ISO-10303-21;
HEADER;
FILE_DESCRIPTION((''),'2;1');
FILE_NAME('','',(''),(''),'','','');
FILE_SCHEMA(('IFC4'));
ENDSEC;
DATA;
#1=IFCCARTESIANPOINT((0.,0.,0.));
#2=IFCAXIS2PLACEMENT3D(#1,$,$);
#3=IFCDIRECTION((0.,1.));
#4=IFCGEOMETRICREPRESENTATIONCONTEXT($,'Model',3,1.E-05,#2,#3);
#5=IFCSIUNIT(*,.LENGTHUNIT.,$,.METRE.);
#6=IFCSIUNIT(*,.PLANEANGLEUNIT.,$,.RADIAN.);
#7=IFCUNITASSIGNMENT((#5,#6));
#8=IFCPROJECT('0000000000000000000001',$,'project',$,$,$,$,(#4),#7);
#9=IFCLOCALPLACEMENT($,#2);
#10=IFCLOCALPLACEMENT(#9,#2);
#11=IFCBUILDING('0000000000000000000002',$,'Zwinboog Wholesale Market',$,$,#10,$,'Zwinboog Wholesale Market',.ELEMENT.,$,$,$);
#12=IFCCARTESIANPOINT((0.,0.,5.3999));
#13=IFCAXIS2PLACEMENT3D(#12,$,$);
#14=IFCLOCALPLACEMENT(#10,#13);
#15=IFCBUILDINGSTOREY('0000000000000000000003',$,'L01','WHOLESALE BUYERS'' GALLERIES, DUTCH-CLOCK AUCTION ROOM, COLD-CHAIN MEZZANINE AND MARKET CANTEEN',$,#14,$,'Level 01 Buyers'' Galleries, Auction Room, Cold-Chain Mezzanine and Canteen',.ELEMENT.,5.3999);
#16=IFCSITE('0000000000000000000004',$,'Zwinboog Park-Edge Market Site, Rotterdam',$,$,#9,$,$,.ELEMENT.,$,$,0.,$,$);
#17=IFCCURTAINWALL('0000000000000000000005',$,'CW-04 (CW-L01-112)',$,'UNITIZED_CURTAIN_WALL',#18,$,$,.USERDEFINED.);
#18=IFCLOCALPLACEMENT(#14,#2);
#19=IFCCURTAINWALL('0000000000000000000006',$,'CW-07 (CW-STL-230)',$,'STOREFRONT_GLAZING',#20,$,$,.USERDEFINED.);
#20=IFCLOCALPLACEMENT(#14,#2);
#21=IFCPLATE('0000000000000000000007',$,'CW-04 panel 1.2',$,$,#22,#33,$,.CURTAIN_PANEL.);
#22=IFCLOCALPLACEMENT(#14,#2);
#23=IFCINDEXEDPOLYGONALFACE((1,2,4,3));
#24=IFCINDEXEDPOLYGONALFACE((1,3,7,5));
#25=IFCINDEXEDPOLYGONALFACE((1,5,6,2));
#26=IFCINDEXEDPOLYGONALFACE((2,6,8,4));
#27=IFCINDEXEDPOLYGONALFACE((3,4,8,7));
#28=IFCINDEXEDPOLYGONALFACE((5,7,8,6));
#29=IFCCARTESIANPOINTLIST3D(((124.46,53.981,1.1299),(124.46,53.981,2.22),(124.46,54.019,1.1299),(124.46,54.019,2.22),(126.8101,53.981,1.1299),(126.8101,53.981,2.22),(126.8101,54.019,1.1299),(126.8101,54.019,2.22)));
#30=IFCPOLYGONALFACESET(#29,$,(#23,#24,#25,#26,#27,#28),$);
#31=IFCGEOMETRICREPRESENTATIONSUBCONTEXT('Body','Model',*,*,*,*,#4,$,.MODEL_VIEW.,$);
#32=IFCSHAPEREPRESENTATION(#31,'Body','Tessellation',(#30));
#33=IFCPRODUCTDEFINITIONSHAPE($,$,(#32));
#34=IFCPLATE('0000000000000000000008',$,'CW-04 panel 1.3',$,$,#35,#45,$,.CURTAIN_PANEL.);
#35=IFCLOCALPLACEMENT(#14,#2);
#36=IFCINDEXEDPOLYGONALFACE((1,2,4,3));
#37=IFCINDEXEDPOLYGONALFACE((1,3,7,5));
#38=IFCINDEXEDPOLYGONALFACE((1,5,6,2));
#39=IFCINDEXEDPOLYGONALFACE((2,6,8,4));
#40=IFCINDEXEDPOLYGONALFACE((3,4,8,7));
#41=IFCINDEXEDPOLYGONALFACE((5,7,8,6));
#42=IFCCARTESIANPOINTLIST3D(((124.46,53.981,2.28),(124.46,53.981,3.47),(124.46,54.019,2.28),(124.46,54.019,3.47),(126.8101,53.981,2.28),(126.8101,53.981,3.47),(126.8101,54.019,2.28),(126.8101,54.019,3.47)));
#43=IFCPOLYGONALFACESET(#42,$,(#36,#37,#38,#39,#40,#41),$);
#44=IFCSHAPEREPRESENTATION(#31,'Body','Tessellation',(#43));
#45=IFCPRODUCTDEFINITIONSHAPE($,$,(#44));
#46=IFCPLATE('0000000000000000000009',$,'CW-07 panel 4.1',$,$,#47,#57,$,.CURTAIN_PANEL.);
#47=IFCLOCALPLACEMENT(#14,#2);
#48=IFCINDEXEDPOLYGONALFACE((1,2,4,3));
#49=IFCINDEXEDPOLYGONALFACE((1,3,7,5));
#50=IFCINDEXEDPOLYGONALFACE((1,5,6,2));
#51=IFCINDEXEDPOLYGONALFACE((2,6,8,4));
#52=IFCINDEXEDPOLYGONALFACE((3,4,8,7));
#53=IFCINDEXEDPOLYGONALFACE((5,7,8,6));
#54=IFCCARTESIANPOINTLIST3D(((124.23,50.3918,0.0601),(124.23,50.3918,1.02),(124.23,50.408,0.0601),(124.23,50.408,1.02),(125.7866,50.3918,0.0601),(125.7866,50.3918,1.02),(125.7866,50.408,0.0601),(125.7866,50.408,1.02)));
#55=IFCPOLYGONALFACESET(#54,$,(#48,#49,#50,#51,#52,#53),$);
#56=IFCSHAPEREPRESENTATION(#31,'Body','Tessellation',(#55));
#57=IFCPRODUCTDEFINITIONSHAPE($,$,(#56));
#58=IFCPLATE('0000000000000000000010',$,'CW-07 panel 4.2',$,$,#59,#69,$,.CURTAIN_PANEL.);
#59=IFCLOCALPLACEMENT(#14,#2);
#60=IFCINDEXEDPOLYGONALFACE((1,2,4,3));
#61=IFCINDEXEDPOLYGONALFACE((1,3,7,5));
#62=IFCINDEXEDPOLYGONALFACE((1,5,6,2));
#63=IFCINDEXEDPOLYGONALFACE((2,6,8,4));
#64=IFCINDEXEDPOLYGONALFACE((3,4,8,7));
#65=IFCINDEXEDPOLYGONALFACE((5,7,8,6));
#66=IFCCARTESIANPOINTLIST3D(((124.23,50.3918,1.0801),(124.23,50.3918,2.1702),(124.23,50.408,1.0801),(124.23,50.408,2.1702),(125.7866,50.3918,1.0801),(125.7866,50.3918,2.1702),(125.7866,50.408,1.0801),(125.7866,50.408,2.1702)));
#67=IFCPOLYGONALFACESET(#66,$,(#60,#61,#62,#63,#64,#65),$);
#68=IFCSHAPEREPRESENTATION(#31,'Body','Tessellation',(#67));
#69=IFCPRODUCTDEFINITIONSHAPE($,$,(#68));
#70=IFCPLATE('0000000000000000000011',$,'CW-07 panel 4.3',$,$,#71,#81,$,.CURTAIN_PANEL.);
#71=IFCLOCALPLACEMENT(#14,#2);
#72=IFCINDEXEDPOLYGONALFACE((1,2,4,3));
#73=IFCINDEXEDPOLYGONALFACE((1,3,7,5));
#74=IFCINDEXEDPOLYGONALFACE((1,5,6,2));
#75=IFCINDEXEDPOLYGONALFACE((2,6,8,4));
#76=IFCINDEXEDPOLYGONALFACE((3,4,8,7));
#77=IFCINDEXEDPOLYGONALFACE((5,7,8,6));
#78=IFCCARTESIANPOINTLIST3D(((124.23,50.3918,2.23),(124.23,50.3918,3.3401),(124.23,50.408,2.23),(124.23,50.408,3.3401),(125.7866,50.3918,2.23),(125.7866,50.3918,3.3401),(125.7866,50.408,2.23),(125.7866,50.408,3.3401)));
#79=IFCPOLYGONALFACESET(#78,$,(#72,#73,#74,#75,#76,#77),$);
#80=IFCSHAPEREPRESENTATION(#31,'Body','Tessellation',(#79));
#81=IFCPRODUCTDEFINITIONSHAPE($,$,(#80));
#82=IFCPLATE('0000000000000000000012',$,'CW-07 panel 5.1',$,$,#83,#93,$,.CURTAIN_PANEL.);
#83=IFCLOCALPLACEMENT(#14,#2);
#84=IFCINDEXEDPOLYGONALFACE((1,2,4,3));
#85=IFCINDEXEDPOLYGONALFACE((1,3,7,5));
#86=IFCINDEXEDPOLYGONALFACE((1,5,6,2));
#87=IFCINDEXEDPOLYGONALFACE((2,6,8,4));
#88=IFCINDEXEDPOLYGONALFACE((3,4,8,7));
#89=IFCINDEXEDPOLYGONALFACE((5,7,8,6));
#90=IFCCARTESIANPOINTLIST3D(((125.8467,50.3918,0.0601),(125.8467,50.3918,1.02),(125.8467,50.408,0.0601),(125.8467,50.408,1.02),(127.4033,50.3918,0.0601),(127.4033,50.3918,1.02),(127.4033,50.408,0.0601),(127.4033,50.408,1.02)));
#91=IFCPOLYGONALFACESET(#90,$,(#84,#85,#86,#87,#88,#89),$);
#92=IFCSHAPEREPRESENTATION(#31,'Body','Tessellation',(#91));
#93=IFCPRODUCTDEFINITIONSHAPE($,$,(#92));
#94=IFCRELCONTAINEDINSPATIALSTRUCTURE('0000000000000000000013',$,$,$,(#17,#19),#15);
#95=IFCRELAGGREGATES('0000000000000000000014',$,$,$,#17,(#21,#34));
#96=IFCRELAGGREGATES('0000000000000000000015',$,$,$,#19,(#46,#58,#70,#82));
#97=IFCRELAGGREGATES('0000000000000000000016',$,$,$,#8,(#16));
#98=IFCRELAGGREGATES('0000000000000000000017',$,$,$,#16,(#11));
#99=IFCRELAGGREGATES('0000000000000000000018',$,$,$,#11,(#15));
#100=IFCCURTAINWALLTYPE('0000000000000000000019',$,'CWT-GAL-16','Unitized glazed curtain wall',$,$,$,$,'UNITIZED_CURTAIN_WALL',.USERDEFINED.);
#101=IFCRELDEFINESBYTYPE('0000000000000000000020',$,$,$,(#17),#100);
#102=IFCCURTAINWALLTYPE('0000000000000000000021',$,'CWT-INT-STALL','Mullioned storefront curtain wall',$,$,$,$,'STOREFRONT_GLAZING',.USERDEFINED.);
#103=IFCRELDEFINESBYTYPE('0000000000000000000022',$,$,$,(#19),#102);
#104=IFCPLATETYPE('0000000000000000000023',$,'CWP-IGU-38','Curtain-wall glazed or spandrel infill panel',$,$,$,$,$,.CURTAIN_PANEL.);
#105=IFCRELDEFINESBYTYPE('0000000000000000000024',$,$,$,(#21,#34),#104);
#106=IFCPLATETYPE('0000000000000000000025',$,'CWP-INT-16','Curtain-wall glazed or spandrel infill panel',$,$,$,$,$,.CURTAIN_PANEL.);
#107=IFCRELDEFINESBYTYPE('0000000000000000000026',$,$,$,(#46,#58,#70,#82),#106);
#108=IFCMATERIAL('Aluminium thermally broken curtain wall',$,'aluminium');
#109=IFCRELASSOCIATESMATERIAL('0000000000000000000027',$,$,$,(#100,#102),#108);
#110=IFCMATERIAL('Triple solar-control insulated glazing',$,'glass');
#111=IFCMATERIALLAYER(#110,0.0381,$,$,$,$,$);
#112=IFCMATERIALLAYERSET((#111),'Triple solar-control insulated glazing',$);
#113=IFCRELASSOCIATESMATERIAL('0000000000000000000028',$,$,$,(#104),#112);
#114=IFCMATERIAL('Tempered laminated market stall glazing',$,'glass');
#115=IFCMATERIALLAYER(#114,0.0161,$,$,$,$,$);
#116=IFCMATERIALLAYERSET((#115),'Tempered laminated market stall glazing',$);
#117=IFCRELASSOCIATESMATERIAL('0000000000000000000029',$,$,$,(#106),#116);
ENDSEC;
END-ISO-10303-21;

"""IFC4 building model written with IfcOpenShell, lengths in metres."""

from ifc_helpers import new_model, si_unit, direction, frame, origin, origin_2d, place, context, subcontext, project, spatial, rectangle, extrude, material, layer, layer_set, type_object, element, aggregate, save


model = new_model("IFC4")

# Units and contexts
model_context = context("Model", 3, precision=1e-05, world=origin(), true_north=direction((0.0, 1.0)))
body_context = subcontext(model_context, "Body", "Model", "MODEL_VIEW")
ifc_project = project(units=[si_unit("LENGTHUNIT", "METRE"), si_unit("PLANEANGLEUNIT", "RADIAN")], contexts=[model_context])

# Site, building, storey
site_placement = place(None, origin())
site = spatial("IfcSite", under=ifc_project, at=site_placement, Name="Zwinboog Park-Edge Market Site, Rotterdam", CompositionType="ELEMENT", RefElevation=0.0)
building_placement = place(site_placement, origin())
building = spatial("IfcBuilding", under=site, at=building_placement, Name="Zwinboog Wholesale Market", LongName="Zwinboog Wholesale Market", CompositionType="ELEMENT")
storey_placement = place(building_placement, frame((0.0, 0.0, 5.3999)))
storey = spatial("IfcBuildingStorey", under=building, at=storey_placement, Name="L01", Description="WHOLESALE BUYERS' GALLERIES, DUTCH-CLOCK AUCTION ROOM, COLD-CHAIN MEZZANINE AND MARKET CANTEEN", LongName="Level 01 Buyers' Galleries, Auction Room, Cold-Chain Mezzanine and Canteen", CompositionType="ELEMENT", Elevation=5.3999)

# Curtain walls
ifc_material_1 = material(Name="Aluminium thermally broken curtain wall", Category="aluminium")
curtain_wall_type_1 = type_object("IfcCurtainWallType", Name="CWT-GAL-16", Description="Unitized glazed curtain wall", ElementType="UNITIZED_CURTAIN_WALL", PredefinedType="USERDEFINED", material=ifc_material_1)
curtain_wall_1_placement = place(storey_placement, origin())
curtain_wall_1 = element("IfcCurtainWall", 1, at=curtain_wall_1_placement, inside=storey, type_object=curtain_wall_type_1, Name="CW-04 (CW-L01-112)", ObjectType="UNITIZED_CURTAIN_WALL", PredefinedType="USERDEFINED")
curtain_wall_type_2 = type_object("IfcCurtainWallType", Name="CWT-INT-STALL", Description="Mullioned storefront curtain wall", ElementType="STOREFRONT_GLAZING", PredefinedType="USERDEFINED", material=ifc_material_1)
curtain_wall_2_placement = place(storey_placement, origin())
curtain_wall_2 = element("IfcCurtainWall", 2, at=curtain_wall_2_placement, inside=storey, type_object=curtain_wall_type_2, Name="CW-07 (CW-STL-230)", ObjectType="STOREFRONT_GLAZING", PredefinedType="USERDEFINED")

# Plates
ifc_material_2 = material(Name="Triple solar-control insulated glazing", Category="glass")
ifc_layer_1 = layer(ifc_material_2, 0.0381)
ifc_layer_set_1 = layer_set([ifc_layer_1], Name="Triple solar-control insulated glazing")
plate_type_1 = type_object("IfcPlateType", Name="CWP-IGU-38", Description="Curtain-wall glazed or spandrel infill panel", PredefinedType="CURTAIN_PANEL", material=ifc_layer_set_1)
plate_1_placement = place(storey_placement, frame((125.635, 54.0, 1.1299), z_axis=(0.0, 0.0, 1.0), x_axis=(1.0, 0.0, 0.0)))
plate_1 = element("IfcPlate", 3, at=plate_1_placement, type_object=plate_type_1, Name="CW-04 panel 1.2", PredefinedType="CURTAIN_PANEL", context=body_context, shape_type="SweptSolid", body=[
    extrude(rectangle(XDim=2.3501, YDim=0.0381, at=origin_2d()), origin(), (0.0, 0.0, 1.0), 1.0901),
])
plate_2_placement = place(storey_placement, frame((125.635, 54.0, 2.28), z_axis=(0.0, 0.0, 1.0), x_axis=(1.0, 0.0, 0.0)))
plate_2 = element("IfcPlate", 4, at=plate_2_placement, type_object=plate_type_1, Name="CW-04 panel 1.3", PredefinedType="CURTAIN_PANEL", context=body_context, shape_type="SweptSolid", body=[
    extrude(rectangle(XDim=2.3501, YDim=0.0381, at=origin_2d()), origin(), (0.0, 0.0, 1.0), 1.1899),
])
aggregate(curtain_wall_1, [plate_1, plate_2])
ifc_material_3 = material(Name="Tempered laminated market stall glazing", Category="glass")
ifc_layer_2 = layer(ifc_material_3, 0.0161)
ifc_layer_set_2 = layer_set([ifc_layer_2], Name="Tempered laminated market stall glazing")
plate_type_2 = type_object("IfcPlateType", Name="CWP-INT-16", Description="Curtain-wall glazed or spandrel infill panel", PredefinedType="CURTAIN_PANEL", material=ifc_layer_set_2)
plate_3_placement = place(storey_placement, frame((125.0083, 50.3999, 0.0601), z_axis=(0.0, 0.0, 1.0), x_axis=(1.0, 0.0, 0.0)))
plate_3 = element("IfcPlate", 5, at=plate_3_placement, type_object=plate_type_2, Name="CW-07 panel 4.1", PredefinedType="CURTAIN_PANEL", context=body_context, shape_type="SweptSolid", body=[
    extrude(rectangle(XDim=1.5566, YDim=0.0161, at=origin_2d()), origin(), (0.0, 0.0, 1.0), 0.96),
])
plate_4_placement = place(storey_placement, frame((125.0083, 50.3999, 1.0801), z_axis=(0.0, 0.0, 1.0), x_axis=(1.0, 0.0, 0.0)))
plate_4 = element("IfcPlate", 6, at=plate_4_placement, type_object=plate_type_2, Name="CW-07 panel 4.2", PredefinedType="CURTAIN_PANEL", context=body_context, shape_type="SweptSolid", body=[
    extrude(rectangle(XDim=1.5566, YDim=0.0161, at=origin_2d()), origin(), (0.0, 0.0, 1.0), 1.0901),
])
plate_5_placement = place(storey_placement, frame((125.0083, 50.3999, 2.23), z_axis=(0.0, 0.0, 1.0), x_axis=(1.0, 0.0, 0.0)))
plate_5 = element("IfcPlate", 7, at=plate_5_placement, type_object=plate_type_2, Name="CW-07 panel 4.3", PredefinedType="CURTAIN_PANEL", context=body_context, shape_type="SweptSolid", body=[
    extrude(rectangle(XDim=1.5566, YDim=0.0161, at=origin_2d()), origin(), (0.0, 0.0, 1.0), 1.1101),
])
plate_6_placement = place(storey_placement, frame((126.625, 50.3999, 0.0601), z_axis=(0.0, 0.0, 1.0), x_axis=(1.0, 0.0, 0.0)))
plate_6 = element("IfcPlate", 8, at=plate_6_placement, type_object=plate_type_2, Name="CW-07 panel 5.1", PredefinedType="CURTAIN_PANEL", context=body_context, shape_type="SweptSolid", body=[
    extrude(rectangle(XDim=1.5566, YDim=0.0161, at=origin_2d()), origin(), (0.0, 0.0, 1.0), 0.96),
])
aggregate(curtain_wall_2, [plate_3, plate_4, plate_5, plate_6])

save(model, "model.ifc")
